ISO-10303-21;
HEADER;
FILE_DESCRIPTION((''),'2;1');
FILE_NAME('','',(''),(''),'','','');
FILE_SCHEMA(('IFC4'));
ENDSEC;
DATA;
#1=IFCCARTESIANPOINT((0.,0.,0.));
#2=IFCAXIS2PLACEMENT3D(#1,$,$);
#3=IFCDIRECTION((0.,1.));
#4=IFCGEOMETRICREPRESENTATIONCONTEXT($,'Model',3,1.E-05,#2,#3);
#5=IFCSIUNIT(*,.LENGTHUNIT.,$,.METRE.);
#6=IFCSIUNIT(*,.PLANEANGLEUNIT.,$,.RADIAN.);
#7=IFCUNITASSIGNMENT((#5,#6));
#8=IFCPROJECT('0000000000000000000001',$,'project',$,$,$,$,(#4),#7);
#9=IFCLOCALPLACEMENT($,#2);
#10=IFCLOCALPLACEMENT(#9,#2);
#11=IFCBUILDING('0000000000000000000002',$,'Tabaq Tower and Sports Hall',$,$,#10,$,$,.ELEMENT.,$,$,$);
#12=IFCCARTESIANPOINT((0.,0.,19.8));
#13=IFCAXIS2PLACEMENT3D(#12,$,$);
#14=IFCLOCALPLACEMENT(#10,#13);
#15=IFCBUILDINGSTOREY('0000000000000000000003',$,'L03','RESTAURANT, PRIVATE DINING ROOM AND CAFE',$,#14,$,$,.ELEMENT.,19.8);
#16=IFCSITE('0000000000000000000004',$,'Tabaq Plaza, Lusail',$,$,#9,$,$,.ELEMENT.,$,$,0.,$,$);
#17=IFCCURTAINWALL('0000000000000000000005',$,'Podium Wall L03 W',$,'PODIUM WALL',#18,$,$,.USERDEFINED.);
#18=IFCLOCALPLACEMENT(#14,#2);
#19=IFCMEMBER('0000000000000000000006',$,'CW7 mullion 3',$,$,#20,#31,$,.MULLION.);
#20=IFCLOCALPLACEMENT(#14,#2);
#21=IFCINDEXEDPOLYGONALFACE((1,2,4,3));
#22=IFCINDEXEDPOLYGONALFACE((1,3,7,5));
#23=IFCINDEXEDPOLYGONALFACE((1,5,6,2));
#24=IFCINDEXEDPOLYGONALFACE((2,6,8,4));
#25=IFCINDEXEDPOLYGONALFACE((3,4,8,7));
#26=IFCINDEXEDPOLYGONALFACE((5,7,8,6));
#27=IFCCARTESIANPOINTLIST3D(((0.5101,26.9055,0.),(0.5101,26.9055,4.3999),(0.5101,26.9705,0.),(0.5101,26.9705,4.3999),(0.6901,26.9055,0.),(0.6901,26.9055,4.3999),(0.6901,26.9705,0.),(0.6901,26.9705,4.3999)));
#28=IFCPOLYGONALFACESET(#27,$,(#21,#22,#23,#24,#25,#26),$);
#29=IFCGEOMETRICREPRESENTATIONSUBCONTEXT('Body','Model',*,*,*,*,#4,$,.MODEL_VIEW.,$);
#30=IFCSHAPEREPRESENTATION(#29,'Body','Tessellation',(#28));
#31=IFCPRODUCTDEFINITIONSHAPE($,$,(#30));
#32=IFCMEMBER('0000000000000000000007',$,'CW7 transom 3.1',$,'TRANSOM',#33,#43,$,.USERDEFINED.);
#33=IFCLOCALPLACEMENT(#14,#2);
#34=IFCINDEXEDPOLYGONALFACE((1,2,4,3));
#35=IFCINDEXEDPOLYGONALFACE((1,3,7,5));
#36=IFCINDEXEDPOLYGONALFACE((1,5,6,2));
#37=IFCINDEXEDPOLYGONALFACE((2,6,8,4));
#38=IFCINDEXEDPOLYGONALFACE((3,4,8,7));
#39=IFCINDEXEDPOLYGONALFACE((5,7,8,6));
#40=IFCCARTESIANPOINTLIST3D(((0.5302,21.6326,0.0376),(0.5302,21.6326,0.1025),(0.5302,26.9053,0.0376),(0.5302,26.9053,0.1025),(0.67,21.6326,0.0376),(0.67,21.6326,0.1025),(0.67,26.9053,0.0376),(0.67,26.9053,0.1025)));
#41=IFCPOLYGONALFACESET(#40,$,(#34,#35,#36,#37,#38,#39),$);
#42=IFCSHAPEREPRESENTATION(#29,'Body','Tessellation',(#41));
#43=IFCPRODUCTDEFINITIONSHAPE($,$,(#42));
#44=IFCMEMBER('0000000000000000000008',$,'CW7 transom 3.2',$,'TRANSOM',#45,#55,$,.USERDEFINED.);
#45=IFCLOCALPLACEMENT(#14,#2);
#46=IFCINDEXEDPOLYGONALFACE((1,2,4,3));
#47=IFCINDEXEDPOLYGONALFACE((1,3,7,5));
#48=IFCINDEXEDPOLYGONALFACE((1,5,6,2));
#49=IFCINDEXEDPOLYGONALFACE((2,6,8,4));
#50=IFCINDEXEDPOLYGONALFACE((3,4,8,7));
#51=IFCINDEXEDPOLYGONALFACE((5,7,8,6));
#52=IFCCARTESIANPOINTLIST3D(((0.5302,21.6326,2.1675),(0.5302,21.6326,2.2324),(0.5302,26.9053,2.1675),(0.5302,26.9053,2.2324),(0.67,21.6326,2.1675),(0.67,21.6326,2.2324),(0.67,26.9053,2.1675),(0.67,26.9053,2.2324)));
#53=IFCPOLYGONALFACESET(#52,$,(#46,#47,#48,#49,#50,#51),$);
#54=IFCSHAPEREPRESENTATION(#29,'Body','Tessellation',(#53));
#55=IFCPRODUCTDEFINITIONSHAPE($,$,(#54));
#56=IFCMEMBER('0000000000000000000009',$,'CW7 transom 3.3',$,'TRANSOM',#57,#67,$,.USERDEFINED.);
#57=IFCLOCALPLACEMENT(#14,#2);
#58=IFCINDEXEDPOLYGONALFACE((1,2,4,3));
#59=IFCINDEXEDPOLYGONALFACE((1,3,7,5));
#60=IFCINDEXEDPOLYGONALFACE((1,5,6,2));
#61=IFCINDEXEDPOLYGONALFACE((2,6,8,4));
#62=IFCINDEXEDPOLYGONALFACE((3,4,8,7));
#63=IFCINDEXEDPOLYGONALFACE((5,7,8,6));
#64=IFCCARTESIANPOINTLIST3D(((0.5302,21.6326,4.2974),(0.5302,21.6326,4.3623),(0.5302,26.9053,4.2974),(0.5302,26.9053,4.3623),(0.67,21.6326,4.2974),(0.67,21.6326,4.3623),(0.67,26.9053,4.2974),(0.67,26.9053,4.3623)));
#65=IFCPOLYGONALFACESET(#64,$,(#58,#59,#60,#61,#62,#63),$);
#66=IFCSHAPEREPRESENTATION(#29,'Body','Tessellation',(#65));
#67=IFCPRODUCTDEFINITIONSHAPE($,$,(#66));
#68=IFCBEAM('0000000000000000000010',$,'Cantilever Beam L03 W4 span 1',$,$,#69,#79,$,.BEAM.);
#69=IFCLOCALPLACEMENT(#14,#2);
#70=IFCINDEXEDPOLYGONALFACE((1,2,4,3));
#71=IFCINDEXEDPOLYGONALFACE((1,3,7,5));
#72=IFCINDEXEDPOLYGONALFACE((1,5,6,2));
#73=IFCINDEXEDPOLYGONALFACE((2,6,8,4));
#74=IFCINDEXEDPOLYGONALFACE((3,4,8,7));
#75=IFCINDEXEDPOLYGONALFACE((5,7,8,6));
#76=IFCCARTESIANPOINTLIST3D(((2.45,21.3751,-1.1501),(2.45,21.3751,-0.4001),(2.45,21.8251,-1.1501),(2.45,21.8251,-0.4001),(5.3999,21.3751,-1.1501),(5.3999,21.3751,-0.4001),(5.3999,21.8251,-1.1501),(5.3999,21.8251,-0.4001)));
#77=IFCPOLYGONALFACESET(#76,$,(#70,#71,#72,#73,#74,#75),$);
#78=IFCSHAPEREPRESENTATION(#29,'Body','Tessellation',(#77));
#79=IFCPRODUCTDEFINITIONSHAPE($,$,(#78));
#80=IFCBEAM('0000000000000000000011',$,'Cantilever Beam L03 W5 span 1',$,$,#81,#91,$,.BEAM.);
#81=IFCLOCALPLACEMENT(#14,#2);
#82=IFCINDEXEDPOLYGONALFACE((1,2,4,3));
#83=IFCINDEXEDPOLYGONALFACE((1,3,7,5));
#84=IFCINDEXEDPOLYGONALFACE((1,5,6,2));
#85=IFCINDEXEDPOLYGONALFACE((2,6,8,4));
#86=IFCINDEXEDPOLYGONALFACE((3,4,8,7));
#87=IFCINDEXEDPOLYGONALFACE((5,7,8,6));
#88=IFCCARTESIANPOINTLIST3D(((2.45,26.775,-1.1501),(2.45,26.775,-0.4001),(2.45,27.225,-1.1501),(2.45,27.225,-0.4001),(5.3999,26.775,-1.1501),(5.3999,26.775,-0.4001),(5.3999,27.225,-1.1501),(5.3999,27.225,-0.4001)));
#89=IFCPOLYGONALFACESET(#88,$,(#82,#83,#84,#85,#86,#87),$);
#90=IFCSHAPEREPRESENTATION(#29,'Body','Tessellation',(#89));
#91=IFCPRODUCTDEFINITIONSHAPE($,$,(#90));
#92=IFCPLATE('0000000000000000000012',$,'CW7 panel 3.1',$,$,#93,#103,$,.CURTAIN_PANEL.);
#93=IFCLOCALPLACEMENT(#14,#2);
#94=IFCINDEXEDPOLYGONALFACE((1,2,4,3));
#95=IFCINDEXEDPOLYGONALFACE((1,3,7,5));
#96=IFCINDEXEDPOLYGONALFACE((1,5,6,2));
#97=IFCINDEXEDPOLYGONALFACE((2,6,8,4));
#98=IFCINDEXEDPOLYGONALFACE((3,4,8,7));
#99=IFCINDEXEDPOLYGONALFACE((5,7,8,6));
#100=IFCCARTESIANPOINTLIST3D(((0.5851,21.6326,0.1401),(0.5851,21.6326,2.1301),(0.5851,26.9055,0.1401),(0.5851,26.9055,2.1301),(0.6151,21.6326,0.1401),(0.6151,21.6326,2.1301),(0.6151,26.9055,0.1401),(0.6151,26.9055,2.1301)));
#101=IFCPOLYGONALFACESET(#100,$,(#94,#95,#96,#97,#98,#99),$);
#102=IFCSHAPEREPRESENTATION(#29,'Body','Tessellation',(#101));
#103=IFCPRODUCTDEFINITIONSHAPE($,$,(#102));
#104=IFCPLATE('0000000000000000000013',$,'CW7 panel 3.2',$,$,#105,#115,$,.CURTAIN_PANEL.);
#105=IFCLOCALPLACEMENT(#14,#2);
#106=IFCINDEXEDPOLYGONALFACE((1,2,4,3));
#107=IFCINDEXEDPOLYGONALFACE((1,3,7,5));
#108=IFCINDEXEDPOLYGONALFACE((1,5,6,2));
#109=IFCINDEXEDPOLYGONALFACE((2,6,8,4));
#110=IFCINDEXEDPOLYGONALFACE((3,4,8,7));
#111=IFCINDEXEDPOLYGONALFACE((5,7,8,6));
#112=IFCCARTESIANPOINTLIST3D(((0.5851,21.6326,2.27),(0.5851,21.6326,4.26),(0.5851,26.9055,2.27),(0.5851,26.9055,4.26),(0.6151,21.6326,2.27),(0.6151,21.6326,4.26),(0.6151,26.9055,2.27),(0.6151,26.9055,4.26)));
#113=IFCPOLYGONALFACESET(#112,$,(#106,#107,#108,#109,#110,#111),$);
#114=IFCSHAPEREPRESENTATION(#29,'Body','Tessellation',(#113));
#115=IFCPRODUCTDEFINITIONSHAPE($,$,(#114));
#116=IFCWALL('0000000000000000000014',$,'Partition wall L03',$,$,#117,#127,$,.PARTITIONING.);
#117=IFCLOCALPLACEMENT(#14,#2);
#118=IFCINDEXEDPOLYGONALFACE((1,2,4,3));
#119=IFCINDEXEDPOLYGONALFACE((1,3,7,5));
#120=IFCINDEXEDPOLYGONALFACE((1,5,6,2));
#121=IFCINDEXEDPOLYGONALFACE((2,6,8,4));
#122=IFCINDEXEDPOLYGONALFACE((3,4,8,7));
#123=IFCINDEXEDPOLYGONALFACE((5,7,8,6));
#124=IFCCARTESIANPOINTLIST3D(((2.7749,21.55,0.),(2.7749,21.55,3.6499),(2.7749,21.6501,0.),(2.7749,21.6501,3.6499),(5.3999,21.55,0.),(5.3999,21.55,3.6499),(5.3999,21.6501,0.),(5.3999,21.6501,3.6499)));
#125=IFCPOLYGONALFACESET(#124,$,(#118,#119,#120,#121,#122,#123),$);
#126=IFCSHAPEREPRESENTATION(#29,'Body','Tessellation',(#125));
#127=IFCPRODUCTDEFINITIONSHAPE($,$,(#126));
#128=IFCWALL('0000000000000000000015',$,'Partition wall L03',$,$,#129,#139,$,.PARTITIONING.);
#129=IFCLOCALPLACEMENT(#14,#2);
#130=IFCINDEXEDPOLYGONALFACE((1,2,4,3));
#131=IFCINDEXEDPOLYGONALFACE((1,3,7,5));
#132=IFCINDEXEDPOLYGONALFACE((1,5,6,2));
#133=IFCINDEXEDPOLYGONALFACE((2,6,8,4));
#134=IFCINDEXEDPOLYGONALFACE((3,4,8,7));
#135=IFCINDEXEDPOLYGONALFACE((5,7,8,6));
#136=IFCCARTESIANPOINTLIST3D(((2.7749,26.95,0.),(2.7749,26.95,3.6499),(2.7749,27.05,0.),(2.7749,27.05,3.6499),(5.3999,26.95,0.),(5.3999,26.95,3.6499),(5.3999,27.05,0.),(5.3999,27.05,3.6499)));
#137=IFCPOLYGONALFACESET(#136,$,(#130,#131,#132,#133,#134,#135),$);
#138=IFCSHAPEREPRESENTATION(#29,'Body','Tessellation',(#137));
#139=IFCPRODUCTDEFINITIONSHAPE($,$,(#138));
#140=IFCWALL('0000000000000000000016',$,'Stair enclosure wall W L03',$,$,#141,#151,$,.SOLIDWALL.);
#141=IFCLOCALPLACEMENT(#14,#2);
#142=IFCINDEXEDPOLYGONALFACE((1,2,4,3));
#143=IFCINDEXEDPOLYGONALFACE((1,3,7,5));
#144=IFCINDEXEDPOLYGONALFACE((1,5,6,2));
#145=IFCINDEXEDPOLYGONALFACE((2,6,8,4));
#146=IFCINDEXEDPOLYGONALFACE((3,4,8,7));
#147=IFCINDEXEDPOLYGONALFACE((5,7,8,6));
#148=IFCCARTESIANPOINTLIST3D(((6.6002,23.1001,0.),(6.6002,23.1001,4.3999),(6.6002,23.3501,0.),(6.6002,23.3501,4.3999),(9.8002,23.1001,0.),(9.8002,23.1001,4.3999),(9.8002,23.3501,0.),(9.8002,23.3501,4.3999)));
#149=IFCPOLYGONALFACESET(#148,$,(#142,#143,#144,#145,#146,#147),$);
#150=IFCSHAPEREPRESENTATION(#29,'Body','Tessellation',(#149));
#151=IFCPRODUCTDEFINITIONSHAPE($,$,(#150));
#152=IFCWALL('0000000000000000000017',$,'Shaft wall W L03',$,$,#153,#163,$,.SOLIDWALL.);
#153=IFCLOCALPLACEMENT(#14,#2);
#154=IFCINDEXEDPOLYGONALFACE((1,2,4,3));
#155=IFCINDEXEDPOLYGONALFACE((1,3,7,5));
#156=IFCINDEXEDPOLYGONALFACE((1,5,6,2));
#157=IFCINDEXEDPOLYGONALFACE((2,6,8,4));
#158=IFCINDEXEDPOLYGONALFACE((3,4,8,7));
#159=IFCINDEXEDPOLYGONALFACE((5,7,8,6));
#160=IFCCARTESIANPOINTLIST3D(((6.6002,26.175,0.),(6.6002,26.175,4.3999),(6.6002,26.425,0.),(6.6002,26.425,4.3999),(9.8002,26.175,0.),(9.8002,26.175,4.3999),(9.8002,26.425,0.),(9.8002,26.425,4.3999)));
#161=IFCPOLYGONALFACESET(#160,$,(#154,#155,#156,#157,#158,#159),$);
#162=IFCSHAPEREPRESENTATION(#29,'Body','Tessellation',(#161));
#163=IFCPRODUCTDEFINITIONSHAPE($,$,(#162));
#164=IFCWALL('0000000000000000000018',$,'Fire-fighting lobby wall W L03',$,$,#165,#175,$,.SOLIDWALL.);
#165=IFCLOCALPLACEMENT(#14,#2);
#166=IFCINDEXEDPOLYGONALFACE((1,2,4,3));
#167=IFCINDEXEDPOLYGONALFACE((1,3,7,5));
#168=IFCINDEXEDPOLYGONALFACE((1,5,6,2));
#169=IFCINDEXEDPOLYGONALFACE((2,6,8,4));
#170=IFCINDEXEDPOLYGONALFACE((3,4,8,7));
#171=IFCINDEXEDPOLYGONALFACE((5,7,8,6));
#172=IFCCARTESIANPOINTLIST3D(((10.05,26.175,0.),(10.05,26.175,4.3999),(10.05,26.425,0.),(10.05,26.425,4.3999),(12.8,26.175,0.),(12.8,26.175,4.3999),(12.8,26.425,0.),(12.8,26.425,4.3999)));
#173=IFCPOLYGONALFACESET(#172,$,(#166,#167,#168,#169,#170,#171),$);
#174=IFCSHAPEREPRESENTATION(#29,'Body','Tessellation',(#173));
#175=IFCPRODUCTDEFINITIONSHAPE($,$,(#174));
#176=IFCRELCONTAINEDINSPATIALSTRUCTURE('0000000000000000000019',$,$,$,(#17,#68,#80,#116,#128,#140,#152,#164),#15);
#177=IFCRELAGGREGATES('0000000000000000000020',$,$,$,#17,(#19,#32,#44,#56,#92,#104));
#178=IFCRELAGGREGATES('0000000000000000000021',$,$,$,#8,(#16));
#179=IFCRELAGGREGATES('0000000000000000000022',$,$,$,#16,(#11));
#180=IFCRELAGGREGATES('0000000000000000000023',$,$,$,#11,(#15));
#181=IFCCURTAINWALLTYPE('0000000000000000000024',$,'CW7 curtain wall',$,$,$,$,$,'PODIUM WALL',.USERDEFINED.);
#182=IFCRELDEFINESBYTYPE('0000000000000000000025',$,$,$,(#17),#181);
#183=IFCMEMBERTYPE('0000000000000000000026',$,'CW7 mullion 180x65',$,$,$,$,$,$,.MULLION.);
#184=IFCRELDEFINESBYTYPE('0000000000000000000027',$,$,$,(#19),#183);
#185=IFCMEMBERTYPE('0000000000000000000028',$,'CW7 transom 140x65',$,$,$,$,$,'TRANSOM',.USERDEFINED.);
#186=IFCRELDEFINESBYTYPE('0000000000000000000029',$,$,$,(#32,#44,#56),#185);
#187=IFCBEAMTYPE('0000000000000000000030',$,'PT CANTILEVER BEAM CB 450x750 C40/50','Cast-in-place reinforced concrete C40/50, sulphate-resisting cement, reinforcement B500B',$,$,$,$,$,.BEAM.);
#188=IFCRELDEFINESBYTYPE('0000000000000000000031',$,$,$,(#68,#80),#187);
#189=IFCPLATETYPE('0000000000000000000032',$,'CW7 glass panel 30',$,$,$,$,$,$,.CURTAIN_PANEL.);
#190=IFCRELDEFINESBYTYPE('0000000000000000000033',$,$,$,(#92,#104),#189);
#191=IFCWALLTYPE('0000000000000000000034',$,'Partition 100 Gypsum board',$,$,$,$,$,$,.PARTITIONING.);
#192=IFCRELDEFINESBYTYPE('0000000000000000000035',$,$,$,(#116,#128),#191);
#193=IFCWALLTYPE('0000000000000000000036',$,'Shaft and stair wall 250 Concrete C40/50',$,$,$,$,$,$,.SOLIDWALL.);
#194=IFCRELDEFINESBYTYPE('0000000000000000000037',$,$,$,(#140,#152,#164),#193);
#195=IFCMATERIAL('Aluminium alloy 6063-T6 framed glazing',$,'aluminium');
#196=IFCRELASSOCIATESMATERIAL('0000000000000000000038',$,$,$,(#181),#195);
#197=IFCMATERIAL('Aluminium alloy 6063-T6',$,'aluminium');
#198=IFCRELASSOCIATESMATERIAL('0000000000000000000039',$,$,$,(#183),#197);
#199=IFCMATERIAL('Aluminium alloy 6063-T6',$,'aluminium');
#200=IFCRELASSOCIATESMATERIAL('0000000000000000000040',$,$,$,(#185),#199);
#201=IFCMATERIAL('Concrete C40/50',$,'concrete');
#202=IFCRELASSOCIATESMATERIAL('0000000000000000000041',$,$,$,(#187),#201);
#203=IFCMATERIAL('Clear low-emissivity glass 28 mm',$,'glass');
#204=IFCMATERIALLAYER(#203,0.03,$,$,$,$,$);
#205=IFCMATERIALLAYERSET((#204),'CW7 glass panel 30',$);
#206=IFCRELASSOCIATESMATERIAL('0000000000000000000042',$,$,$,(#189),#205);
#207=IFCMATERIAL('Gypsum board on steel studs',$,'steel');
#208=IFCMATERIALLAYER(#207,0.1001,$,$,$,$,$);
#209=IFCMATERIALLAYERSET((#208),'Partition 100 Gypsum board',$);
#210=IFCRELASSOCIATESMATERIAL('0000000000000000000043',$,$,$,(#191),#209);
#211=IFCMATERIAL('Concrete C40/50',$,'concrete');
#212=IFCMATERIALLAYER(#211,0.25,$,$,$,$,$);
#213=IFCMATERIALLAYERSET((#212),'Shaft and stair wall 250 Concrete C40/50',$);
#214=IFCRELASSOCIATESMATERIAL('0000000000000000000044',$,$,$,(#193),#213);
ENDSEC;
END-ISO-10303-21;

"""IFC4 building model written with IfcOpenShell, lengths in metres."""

from ifc_helpers import new_model, si_unit, direction, frame, frame_2d, origin, origin_2d, place, context, subcontext, project, spatial, rectangle, extrude, material, layer, layer_set, material_profile, profile_set, type_object, element, aggregate, save


model = new_model("IFC4")

# Units and contexts
model_context = context("Model", 3, precision=1e-05, world=origin(), true_north=direction((0.0, 1.0)))
body_context = subcontext(model_context, "Body", "Model", "MODEL_VIEW")
ifc_project = project(units=[si_unit("LENGTHUNIT", "METRE"), si_unit("PLANEANGLEUNIT", "RADIAN")], contexts=[model_context])

# Site, building, storey
site_placement = place(None, origin())
site = spatial("IfcSite", under=ifc_project, at=site_placement, Name="Tabaq Plaza, Lusail", CompositionType="ELEMENT", RefElevation=0.0)
building_placement = place(site_placement, origin())
building = spatial("IfcBuilding", under=site, at=building_placement, Name="Tabaq Tower and Sports Hall", CompositionType="ELEMENT")
storey_placement = place(building_placement, frame((0.0, 0.0, 19.8)))
storey = spatial("IfcBuildingStorey", under=building, at=storey_placement, Name="L03", Description="RESTAURANT, PRIVATE DINING ROOM AND CAFE", CompositionType="ELEMENT", Elevation=19.8)

# Curtain wall, members
ifc_material_1 = material(Name="Aluminium alloy 6063-T6 framed glazing", Category="aluminium")
curtain_wall_type = type_object("IfcCurtainWallType", Name="CW7 curtain wall", ElementType="PODIUM WALL", PredefinedType="USERDEFINED", material=ifc_material_1)
curtain_wall_placement = place(storey_placement, origin())
curtain_wall = element("IfcCurtainWall", 1, at=curtain_wall_placement, inside=storey, type_object=curtain_wall_type, Name="Podium Wall L03 W", ObjectType="PODIUM WALL", PredefinedType="USERDEFINED")
ifc_material_2 = material(Name="Aluminium alloy 6063-T6", Category="aluminium")
ifc_material_profile_1 = material_profile(ifc_material_2, rectangle(XDim=0.1799, YDim=0.0649, at=origin_2d()), Name="MULLION 180x65")
ifc_profile_set_1 = profile_set([ifc_material_profile_1], Name="Aluminium alloy 6063-T6")
member_type_1 = type_object("IfcMemberType", Name="CW7 mullion 180x65", PredefinedType="MULLION", material=ifc_profile_set_1)
member_1_placement = place(storey_placement, frame((0.6001, 26.938, 0.0), z_axis=(0.0, 0.0, 1.0), x_axis=(1.0, 0.0, 0.0)))
member_1 = element("IfcMember", 2, at=member_1_placement, type_object=member_type_1, Name="CW7 mullion 3", PredefinedType="MULLION", context=body_context, shape_type="SweptSolid", body=[
    extrude(rectangle(XDim=0.1799, YDim=0.0649, at=origin_2d()), origin(), (0.0, 0.0, 1.0), 4.3999),
])
ifc_material_3 = material(Name="Aluminium alloy 6063-T6", Category="aluminium")
ifc_material_profile_2 = material_profile(ifc_material_3, rectangle(XDim=0.1399, YDim=0.0649, at=origin_2d()), Name="TRANSOM 140x65")
ifc_profile_set_2 = profile_set([ifc_material_profile_2], Name="Aluminium alloy 6063-T6")
member_type_2 = type_object("IfcMemberType", Name="CW7 transom 140x65", ElementType="TRANSOM", PredefinedType="USERDEFINED", material=ifc_profile_set_2)
member_2_placement = place(storey_placement, frame((0.6001, 26.9053, 0.0701), z_axis=(0.0, -1.0, 0.0), x_axis=(1.0, 0.0, 0.0)))
member_2 = element("IfcMember", 3, at=member_2_placement, type_object=member_type_2, Name="CW7 transom 3.1", ObjectType="TRANSOM", PredefinedType="USERDEFINED", context=body_context, shape_type="SweptSolid", body=[
    extrude(rectangle(XDim=0.1399, YDim=0.0649, at=origin_2d()), origin(), (0.0, 0.0, 1.0), 5.2727),
])
member_3_placement = place(storey_placement, frame((0.6001, 26.9053, 2.2), z_axis=(0.0, -1.0, 0.0), x_axis=(1.0, 0.0, 0.0)))
member_3 = element("IfcMember", 4, at=member_3_placement, type_object=member_type_2, Name="CW7 transom 3.2", ObjectType="TRANSOM", PredefinedType="USERDEFINED", context=body_context, shape_type="SweptSolid", body=[
    extrude(rectangle(XDim=0.1399, YDim=0.0649, at=origin_2d()), origin(), (0.0, 0.0, 1.0), 5.2727),
])
member_4_placement = place(storey_placement, frame((0.6001, 26.9053, 4.3298), z_axis=(0.0, -1.0, 0.0), x_axis=(1.0, 0.0, 0.0)))
member_4 = element("IfcMember", 5, at=member_4_placement, type_object=member_type_2, Name="CW7 transom 3.3", ObjectType="TRANSOM", PredefinedType="USERDEFINED", context=body_context, shape_type="SweptSolid", body=[
    extrude(rectangle(XDim=0.1399, YDim=0.0649, at=origin_2d()), origin(), (0.0, 0.0, 1.0), 5.2727),
])

# Beams
ifc_material_4 = material(Name="Concrete C40/50", Category="concrete")
ifc_material_profile_3 = material_profile(ifc_material_4, rectangle(XDim=0.45, YDim=0.75, at=origin_2d()), Name="CB 450x750")
ifc_profile_set_3 = profile_set([ifc_material_profile_3], Name="Concrete C40/50")
beam_type = type_object("IfcBeamType", Name="PT CANTILEVER BEAM CB 450x750 C40/50", Description="Cast-in-place reinforced concrete C40/50, sulphate-resisting cement, reinforcement B500B", PredefinedType="BEAM", material=ifc_profile_set_3)
for number, where, z_axis, x_axis, name in (
    (6, (2.45, 21.6001, -0.7751), (1.0, 0.0, 0.0), (0.0, 1.0, 0.0), "Cantilever Beam L03 W4 span 1"),
    (7, (2.45, 27.0, -0.7751), (1.0, 0.0, 0.0), (0.0, 1.0, 0.0), "Cantilever Beam L03 W5 span 1"),
):
    element("IfcBeam", number, at=place(storey_placement, frame(where, z_axis=z_axis, x_axis=x_axis)), inside=storey, type_object=beam_type, Name=name, PredefinedType="BEAM", context=body_context, shape_type="SweptSolid", body=[
        extrude(rectangle(XDim=0.45, YDim=0.75, at=origin_2d()), origin(), (0.0, 0.0, 1.0), 2.95),
    ])

# Plates
ifc_material_5 = material(Name="Clear low-emissivity glass 28 mm", Category="glass")
ifc_layer_1 = layer(ifc_material_5, 0.03)
ifc_layer_set_1 = layer_set([ifc_layer_1], Name="CW7 glass panel 30")
plate_type = type_object("IfcPlateType", Name="CW7 glass panel 30", PredefinedType="CURTAIN_PANEL", material=ifc_layer_set_1)
plate_1_placement = place(storey_placement, frame((0.6001, 24.269, 0.1401), z_axis=(0.0, 0.0, 1.0), x_axis=(0.0, -1.0, 0.0)))
plate_1 = element("IfcPlate", 8, at=plate_1_placement, type_object=plate_type, Name="CW7 panel 3.1", PredefinedType="CURTAIN_PANEL", context=body_context, shape_type="SweptSolid", body=[
    extrude(rectangle(XDim=5.2729, YDim=0.03, at=origin_2d()), origin(), (0.0, 0.0, 1.0), 1.99),
])
plate_2_placement = place(storey_placement, frame((0.6001, 24.269, 2.27), z_axis=(0.0, 0.0, 1.0), x_axis=(0.0, -1.0, 0.0)))
plate_2 = element("IfcPlate", 9, at=plate_2_placement, type_object=plate_type, Name="CW7 panel 3.2", PredefinedType="CURTAIN_PANEL", context=body_context, shape_type="SweptSolid", body=[
    extrude(rectangle(XDim=5.2729, YDim=0.03, at=origin_2d()), origin(), (0.0, 0.0, 1.0), 1.99),
])
aggregate(curtain_wall, [member_1, member_2, member_3, member_4, plate_1, plate_2])

# Walls
ifc_material_6 = material(Name="Gypsum board on steel studs", Category="steel")
ifc_layer_2 = layer(ifc_material_6, 0.1001)
ifc_layer_set_2 = layer_set([ifc_layer_2], Name="Partition 100 Gypsum board")
wall_type_1 = type_object("IfcWallType", Name="Partition 100 Gypsum board", PredefinedType="PARTITIONING", material=ifc_layer_set_2)
for number, where, z_axis, x_axis, name in (
    (10, (5.3999, 21.6001, 0.0), (0.0, 0.0, 1.0), (-1.0, 0.0, 0.0), "Partition wall L03"),
    (11, (5.3999, 27.0, 0.0), (0.0, 0.0, 1.0), (-1.0, 0.0, 0.0), "Partition wall L03"),
):
    element("IfcWall", number, at=place(storey_placement, frame(where, z_axis=z_axis, x_axis=x_axis)), inside=storey, type_object=wall_type_1, Name=name, PredefinedType="PARTITIONING", context=body_context, shape_type="SweptSolid", body=[
        extrude(rectangle(XDim=2.625, YDim=0.1001, at=frame_2d((1.3125, 0.0))), origin(), (0.0, 0.0, 1.0), 3.6499),
    ])
ifc_material_7 = material(Name="Concrete C40/50", Category="concrete")
ifc_layer_3 = layer(ifc_material_7, 0.25)
ifc_layer_set_3 = layer_set([ifc_layer_3], Name="Shaft and stair wall 250 Concrete C40/50")
wall_type_2 = type_object("IfcWallType", Name="Shaft and stair wall 250 Concrete C40/50", PredefinedType="SOLIDWALL", material=ifc_layer_set_3)
for number, where, z_axis, x_axis, name in (
    (12, (6.6001, 23.2251, 0.0), (0.0, 0.0, 1.0), (1.0, 0.0, 0.0), "Stair enclosure wall W L03"),
    (13, (6.6001, 26.3, 0.0), (0.0, 0.0, 1.0), (1.0, 0.0, 0.0), "Shaft wall W L03"),
):
    element("IfcWall", number, at=place(storey_placement, frame(where, z_axis=z_axis, x_axis=x_axis)), inside=storey, type_object=wall_type_2, Name=name, PredefinedType="SOLIDWALL", context=body_context, shape_type="SweptSolid", body=[
        extrude(rectangle(XDim=3.2, YDim=0.25, at=frame_2d((1.6001, 0.0))), origin(), (0.0, 0.0, 1.0), 4.3999),
    ])
wall_placement = place(storey_placement, frame((10.05, 26.3, 0.0), z_axis=(0.0, 0.0, 1.0), x_axis=(1.0, 0.0, 0.0)))
element("IfcWall", 14, at=wall_placement, inside=storey, type_object=wall_type_2, Name="Fire-fighting lobby wall W L03", PredefinedType="SOLIDWALL", context=body_context, shape_type="SweptSolid", body=[
    extrude(rectangle(XDim=2.75, YDim=0.25, at=frame_2d((1.375, 0.0))), origin(), (0.0, 0.0, 1.0), 4.3999),
])

save(model, "model.ifc")
